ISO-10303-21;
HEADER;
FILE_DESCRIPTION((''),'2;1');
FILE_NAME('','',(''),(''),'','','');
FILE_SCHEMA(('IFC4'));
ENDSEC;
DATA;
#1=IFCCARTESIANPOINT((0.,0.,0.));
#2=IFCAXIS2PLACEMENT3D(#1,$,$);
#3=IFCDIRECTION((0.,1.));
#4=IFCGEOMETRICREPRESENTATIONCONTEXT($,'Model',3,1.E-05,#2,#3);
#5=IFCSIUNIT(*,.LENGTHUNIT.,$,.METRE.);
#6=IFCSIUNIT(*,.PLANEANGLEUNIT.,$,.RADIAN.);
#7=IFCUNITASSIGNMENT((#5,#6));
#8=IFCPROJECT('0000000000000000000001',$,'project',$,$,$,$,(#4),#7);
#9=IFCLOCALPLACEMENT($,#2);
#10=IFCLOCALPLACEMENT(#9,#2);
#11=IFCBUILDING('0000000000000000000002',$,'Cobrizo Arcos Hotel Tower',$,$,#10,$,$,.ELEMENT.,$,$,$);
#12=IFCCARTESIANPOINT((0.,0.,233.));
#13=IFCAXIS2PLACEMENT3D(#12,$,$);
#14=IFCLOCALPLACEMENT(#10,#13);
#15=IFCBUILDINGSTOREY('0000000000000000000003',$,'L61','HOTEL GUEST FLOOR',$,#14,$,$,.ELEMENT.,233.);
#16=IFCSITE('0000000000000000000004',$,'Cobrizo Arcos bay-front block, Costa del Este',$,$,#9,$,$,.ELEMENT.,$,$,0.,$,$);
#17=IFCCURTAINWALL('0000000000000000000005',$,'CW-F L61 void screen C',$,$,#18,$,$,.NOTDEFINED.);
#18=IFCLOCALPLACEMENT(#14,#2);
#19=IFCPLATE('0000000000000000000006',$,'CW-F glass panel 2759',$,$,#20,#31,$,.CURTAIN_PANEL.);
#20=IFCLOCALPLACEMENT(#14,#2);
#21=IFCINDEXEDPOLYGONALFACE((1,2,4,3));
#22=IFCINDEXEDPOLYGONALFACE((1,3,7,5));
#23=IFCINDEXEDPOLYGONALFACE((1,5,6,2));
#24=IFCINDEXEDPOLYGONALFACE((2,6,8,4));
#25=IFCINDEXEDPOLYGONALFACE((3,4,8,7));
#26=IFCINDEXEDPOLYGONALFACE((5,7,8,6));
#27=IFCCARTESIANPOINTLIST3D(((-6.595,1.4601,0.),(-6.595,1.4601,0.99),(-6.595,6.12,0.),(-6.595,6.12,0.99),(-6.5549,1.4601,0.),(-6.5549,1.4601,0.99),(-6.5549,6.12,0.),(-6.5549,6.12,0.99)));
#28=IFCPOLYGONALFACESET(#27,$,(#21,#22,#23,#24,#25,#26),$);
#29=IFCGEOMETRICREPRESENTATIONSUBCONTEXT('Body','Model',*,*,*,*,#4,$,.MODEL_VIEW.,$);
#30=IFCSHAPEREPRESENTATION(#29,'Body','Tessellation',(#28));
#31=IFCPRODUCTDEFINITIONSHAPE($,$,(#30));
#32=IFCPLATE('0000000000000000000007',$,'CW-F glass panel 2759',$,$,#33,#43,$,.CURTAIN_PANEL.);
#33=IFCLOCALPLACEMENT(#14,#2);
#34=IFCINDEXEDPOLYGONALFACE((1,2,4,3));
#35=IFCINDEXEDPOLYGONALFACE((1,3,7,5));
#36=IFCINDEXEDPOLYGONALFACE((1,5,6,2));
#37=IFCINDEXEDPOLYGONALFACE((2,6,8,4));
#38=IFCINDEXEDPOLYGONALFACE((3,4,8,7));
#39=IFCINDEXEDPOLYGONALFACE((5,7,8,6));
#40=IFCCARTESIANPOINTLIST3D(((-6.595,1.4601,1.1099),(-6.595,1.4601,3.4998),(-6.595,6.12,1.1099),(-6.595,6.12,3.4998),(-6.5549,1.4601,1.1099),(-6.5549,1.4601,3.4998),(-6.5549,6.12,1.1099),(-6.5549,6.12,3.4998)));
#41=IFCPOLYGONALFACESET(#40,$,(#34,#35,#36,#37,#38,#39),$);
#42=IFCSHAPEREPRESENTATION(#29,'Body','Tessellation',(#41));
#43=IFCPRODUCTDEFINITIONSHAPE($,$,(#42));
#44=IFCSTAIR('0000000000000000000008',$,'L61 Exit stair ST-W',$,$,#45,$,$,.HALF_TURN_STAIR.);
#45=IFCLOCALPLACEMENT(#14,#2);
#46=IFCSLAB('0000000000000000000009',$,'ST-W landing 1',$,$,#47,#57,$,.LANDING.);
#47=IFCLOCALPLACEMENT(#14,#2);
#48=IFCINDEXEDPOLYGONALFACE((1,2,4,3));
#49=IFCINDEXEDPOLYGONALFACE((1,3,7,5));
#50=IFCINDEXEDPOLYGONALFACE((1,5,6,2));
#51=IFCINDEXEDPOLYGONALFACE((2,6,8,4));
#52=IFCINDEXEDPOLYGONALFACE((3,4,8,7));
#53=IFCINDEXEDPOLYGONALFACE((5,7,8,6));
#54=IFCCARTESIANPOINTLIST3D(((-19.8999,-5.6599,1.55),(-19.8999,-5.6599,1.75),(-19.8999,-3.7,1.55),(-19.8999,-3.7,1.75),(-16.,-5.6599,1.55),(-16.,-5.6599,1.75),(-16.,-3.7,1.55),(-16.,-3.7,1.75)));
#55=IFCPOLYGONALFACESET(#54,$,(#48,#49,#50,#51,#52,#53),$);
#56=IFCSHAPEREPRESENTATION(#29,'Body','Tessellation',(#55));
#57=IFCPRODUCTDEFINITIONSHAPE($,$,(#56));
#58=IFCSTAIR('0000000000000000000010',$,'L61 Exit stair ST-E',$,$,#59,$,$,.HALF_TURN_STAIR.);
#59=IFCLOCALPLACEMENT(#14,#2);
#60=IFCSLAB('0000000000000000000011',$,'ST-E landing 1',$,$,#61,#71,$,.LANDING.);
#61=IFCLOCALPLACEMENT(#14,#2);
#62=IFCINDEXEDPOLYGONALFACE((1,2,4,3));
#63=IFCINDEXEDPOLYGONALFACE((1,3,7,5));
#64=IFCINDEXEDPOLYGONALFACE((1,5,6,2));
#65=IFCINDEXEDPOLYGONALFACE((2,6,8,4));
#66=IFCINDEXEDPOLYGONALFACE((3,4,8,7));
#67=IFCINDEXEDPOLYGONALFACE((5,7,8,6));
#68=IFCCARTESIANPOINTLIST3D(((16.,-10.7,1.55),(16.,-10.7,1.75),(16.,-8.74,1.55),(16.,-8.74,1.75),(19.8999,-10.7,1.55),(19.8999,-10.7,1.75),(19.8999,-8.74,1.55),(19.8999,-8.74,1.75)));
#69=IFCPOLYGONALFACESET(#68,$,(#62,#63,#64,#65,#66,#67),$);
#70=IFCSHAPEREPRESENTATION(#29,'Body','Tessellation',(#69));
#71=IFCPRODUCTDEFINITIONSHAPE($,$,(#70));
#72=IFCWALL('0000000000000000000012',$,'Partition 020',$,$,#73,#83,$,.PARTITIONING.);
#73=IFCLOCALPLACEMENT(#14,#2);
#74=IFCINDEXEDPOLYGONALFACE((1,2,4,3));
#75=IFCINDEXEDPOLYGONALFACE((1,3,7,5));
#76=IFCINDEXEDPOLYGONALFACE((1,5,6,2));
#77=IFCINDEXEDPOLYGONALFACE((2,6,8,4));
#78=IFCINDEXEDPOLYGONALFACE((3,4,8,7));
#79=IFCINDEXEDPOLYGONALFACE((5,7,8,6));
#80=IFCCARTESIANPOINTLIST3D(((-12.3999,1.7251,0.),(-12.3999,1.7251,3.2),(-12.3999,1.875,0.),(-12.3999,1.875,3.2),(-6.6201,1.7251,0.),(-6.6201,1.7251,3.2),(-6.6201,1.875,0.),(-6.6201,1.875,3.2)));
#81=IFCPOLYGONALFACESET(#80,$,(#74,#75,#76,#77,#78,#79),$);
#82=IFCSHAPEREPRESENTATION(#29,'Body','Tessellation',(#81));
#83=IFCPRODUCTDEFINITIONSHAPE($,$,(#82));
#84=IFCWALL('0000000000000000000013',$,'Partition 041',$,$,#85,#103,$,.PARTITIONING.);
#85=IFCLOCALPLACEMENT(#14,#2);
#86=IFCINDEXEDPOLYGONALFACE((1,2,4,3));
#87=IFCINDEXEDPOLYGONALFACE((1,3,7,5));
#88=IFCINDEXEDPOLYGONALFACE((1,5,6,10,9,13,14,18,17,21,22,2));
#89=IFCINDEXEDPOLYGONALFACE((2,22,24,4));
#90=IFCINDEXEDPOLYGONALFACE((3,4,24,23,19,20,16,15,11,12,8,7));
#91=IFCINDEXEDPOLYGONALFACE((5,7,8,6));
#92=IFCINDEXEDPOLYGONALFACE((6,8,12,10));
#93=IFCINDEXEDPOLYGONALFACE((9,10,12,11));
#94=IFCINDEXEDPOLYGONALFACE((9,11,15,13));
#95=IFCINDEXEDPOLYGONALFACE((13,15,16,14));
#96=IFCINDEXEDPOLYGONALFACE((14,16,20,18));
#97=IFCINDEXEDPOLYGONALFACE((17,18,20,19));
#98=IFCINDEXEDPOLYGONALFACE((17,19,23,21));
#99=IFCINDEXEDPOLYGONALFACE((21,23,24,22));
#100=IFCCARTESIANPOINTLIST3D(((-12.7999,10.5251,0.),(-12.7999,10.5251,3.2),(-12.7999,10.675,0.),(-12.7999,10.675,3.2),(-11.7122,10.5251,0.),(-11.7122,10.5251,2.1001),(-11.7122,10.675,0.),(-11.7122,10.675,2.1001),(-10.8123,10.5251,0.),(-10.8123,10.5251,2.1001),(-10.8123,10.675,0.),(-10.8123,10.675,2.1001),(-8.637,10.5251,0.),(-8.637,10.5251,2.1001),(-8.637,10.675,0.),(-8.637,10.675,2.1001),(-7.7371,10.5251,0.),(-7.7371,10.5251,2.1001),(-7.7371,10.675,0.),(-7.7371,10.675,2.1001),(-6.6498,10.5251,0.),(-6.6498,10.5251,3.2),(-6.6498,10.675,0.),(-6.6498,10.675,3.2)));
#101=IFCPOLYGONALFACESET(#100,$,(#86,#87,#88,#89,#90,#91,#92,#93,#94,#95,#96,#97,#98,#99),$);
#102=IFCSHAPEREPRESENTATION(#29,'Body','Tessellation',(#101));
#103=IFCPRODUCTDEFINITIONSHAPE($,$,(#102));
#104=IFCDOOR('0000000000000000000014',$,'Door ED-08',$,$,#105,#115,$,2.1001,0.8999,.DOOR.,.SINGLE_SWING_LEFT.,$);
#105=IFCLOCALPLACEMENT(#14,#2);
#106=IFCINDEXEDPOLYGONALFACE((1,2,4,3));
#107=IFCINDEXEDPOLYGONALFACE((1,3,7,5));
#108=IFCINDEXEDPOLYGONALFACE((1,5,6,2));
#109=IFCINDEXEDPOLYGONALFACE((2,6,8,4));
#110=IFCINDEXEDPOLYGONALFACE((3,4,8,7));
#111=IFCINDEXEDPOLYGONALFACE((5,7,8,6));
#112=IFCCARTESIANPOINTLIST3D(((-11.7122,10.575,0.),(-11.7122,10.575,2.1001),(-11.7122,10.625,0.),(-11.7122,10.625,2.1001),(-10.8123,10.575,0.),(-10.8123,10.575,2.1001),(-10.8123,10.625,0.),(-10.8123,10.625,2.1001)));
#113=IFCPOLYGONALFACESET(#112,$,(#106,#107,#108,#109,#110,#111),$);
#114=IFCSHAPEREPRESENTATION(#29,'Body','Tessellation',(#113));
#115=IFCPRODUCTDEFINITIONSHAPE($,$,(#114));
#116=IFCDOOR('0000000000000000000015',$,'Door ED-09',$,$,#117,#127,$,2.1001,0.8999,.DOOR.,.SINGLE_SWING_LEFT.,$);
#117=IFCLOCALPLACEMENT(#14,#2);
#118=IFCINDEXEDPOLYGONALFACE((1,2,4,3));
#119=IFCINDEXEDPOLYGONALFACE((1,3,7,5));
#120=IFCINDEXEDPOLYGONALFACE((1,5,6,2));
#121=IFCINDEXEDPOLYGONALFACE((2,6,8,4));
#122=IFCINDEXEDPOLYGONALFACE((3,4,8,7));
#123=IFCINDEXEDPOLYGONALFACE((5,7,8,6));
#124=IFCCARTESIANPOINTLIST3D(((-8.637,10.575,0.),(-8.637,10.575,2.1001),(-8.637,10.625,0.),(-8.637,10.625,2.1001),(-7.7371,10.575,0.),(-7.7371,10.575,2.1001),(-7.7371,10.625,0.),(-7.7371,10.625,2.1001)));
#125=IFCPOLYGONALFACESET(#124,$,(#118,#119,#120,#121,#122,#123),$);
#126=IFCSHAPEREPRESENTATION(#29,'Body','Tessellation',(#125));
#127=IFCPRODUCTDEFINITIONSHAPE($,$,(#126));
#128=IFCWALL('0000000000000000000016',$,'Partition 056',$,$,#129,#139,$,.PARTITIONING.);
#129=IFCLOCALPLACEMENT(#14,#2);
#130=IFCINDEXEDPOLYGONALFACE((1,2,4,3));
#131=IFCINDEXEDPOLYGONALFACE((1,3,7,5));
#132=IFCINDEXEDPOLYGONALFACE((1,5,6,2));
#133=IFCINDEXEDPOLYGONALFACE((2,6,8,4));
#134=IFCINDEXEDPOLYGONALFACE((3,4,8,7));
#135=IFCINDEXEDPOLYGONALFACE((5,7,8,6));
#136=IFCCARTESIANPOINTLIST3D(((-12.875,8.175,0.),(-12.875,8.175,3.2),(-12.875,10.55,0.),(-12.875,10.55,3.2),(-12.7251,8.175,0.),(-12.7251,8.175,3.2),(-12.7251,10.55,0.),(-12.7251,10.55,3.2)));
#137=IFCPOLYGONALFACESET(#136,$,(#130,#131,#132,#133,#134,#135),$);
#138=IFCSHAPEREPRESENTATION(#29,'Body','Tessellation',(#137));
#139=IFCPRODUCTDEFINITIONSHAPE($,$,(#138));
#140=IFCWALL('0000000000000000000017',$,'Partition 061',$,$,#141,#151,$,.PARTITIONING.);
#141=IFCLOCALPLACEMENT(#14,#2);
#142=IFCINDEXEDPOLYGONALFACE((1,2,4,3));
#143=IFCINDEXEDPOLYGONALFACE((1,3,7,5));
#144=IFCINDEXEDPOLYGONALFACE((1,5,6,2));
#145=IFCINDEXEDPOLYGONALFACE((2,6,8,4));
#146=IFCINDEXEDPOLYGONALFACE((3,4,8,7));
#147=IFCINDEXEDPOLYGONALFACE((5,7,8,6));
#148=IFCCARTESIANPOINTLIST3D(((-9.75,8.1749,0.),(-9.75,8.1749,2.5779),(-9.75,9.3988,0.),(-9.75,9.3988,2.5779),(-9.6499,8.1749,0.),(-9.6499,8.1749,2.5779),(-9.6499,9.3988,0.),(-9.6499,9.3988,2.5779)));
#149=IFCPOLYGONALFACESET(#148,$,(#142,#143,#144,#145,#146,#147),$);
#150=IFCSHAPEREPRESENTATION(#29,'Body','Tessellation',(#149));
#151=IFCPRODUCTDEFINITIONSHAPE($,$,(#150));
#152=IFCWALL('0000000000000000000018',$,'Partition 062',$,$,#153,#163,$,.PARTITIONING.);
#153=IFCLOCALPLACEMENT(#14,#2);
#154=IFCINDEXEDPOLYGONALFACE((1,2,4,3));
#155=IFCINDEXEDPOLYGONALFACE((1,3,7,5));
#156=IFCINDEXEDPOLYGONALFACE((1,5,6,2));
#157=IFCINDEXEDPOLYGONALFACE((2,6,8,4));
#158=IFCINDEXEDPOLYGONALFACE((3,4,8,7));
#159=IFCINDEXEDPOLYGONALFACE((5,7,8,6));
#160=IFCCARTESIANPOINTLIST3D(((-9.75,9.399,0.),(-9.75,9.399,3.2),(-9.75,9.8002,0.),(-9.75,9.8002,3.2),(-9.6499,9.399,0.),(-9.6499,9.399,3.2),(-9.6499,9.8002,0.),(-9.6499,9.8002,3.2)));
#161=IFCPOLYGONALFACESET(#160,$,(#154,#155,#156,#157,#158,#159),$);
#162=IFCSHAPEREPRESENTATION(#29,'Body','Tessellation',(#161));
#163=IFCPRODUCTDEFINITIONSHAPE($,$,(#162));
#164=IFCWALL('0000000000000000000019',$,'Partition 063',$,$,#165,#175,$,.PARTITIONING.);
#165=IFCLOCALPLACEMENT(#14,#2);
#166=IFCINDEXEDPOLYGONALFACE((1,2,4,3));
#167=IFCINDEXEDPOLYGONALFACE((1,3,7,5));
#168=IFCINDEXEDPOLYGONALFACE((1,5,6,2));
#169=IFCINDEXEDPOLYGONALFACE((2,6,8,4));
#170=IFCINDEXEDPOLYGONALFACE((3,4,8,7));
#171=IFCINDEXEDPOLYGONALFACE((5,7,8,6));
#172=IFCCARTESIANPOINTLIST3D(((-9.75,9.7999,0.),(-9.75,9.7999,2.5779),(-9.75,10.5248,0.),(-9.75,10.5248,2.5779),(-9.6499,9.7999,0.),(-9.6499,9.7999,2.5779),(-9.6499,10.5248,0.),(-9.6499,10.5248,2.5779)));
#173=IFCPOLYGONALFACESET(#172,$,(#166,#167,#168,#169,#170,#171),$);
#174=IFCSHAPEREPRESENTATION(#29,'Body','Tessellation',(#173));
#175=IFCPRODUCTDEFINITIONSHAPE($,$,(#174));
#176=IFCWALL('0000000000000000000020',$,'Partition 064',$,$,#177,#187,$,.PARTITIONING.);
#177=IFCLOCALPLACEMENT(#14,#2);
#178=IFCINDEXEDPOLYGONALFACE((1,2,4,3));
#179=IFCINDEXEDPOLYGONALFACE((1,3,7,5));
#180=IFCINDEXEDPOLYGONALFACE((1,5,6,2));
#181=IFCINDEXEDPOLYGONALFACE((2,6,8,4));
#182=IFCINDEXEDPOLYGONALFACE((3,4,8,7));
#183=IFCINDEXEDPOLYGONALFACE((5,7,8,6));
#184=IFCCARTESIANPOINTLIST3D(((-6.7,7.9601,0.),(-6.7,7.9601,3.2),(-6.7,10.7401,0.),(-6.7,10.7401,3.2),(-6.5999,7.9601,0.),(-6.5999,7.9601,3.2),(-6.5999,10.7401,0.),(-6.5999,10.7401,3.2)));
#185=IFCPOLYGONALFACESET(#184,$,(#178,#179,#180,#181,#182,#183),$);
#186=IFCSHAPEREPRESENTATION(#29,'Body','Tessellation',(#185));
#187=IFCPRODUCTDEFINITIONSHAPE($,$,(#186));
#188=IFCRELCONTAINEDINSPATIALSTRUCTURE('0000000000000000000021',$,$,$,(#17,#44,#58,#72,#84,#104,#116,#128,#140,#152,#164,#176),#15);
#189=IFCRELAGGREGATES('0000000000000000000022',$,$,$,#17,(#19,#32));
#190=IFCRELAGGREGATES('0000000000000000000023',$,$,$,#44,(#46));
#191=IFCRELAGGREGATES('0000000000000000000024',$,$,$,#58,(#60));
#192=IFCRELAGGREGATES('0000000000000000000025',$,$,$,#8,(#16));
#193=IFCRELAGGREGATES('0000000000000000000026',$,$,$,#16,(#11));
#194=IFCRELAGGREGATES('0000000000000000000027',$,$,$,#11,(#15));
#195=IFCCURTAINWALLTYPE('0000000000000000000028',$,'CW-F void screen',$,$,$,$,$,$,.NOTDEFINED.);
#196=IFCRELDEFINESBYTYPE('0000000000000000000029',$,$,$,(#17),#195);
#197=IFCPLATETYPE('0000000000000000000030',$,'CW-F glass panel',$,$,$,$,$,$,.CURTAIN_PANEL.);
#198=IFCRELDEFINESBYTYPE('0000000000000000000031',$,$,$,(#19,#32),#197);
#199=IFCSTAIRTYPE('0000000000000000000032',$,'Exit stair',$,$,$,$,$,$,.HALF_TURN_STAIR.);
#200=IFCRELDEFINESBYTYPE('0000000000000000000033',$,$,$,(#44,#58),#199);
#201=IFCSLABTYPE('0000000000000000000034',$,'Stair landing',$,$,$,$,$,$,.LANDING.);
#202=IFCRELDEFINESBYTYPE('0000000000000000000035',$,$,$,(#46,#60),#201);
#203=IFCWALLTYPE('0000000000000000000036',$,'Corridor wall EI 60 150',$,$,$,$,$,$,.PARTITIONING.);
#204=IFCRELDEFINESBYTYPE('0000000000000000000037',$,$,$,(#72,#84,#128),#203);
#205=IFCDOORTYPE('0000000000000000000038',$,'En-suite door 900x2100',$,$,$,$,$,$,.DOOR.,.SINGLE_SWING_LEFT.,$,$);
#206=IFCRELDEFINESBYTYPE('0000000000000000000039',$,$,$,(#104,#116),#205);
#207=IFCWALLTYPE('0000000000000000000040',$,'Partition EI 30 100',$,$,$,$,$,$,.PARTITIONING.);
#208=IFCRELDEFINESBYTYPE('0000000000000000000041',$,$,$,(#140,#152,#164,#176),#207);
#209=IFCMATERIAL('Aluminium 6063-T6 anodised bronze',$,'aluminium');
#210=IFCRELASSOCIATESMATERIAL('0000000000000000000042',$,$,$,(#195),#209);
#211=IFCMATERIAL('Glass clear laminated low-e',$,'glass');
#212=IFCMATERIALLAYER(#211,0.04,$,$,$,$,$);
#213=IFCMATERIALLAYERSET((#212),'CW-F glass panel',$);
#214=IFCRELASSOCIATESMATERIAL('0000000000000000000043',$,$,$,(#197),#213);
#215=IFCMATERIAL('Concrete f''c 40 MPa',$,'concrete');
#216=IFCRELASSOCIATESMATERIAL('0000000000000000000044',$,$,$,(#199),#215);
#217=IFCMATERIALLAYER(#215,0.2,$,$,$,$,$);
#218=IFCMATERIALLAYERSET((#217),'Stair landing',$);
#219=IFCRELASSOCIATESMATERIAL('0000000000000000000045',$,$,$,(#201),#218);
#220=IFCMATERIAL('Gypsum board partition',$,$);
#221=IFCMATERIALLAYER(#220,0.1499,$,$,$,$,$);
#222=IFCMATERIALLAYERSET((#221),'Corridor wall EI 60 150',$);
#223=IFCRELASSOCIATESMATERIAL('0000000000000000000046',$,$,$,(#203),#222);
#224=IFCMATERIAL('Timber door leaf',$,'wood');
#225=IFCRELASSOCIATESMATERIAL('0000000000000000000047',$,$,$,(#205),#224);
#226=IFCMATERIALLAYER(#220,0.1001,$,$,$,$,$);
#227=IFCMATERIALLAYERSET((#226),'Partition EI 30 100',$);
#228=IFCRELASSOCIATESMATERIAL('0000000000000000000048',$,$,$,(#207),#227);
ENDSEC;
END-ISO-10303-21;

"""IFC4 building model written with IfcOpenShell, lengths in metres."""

from ifc_helpers import new_model, si_unit, direction, frame, frame_2d, origin, origin_2d, place, context, subcontext, project, spatial, polyline, rectangle, outline, extrude, material, layer, layer_set, type_object, element, fill, aggregate, save


model = new_model("IFC4")

# Units and contexts
model_context = context("Model", 3, precision=1e-05, world=origin(), true_north=direction((0.0, 1.0)))
body_context = subcontext(model_context, "Body", "Model", "MODEL_VIEW")
ifc_project = project(units=[si_unit("LENGTHUNIT", "METRE"), si_unit("PLANEANGLEUNIT", "RADIAN")], contexts=[model_context])

# Site, building, storey
site_placement = place(None, origin())
site = spatial("IfcSite", under=ifc_project, at=site_placement, Name="Cobrizo Arcos bay-front block, Costa del Este", CompositionType="ELEMENT", RefElevation=0.0)
building_placement = place(site_placement, origin())
building = spatial("IfcBuilding", under=site, at=building_placement, Name="Cobrizo Arcos Hotel Tower", CompositionType="ELEMENT")
storey_placement = place(building_placement, frame((0.0, 0.0, 233.0)))
storey = spatial("IfcBuildingStorey", under=building, at=storey_placement, Name="L61", Description="HOTEL GUEST FLOOR", CompositionType="ELEMENT", Elevation=233.0)

# Curtain wall
ifc_material_1 = material(Name="Aluminium 6063-T6 anodised bronze", Category="aluminium")
curtain_wall_type = type_object("IfcCurtainWallType", Name="CW-F void screen", PredefinedType="NOTDEFINED", material=ifc_material_1)
curtain_wall_placement = place(storey_placement, origin())
curtain_wall = element("IfcCurtainWall", 1, at=curtain_wall_placement, inside=storey, type_object=curtain_wall_type, Name="CW-F L61 void screen C", PredefinedType="NOTDEFINED")

# Plates
ifc_material_2 = material(Name="Glass clear laminated low-e", Category="glass")
ifc_layer_1 = layer(ifc_material_2, 0.04)
ifc_layer_set_1 = layer_set([ifc_layer_1], Name="CW-F glass panel")
plate_type = type_object("IfcPlateType", Name="CW-F glass panel", PredefinedType="CURTAIN_PANEL", material=ifc_layer_set_1)
plate_1_placement = place(storey_placement, frame((-6.575, 3.79, 0.0), z_axis=(0.0, 0.0, 1.0), x_axis=(0.0, -1.0, 0.0)))
plate_1 = element("IfcPlate", 2, at=plate_1_placement, type_object=plate_type, Name="CW-F glass panel 2759", PredefinedType="CURTAIN_PANEL", context=body_context, shape_type="SweptSolid", body=[
    extrude(rectangle(XDim=4.6599, YDim=0.04, at=origin_2d()), origin(), (0.0, 0.0, 1.0), 0.99),
])
plate_2_placement = place(storey_placement, frame((-6.575, 3.79, 1.1099), z_axis=(0.0, 0.0, 1.0), x_axis=(0.0, -1.0, 0.0)))
plate_2 = element("IfcPlate", 3, at=plate_2_placement, type_object=plate_type, Name="CW-F glass panel 2759", PredefinedType="CURTAIN_PANEL", context=body_context, shape_type="SweptSolid", body=[
    extrude(rectangle(XDim=4.6599, YDim=0.04, at=origin_2d()), origin(), (0.0, 0.0, 1.0), 2.3899),
])
aggregate(curtain_wall, [plate_1, plate_2])

# Stairs, slabs
ifc_material_3 = material(Name="Concrete f'c 40 MPa", Category="concrete")
stair_type = type_object("IfcStairType", Name="Exit stair", PredefinedType="HALF_TURN_STAIR", material=ifc_material_3)
stair_1_placement = place(storey_placement, origin())
stair_1 = element("IfcStair", 4, at=stair_1_placement, inside=storey, type_object=stair_type, Name="L61 Exit stair ST-W", PredefinedType="HALF_TURN_STAIR")
ifc_layer_2 = layer(ifc_material_3, 0.2)
ifc_layer_set_2 = layer_set([ifc_layer_2], Name="Stair landing")
slab_type = type_object("IfcSlabType", Name="Stair landing", PredefinedType="LANDING", material=ifc_layer_set_2)
slab_1_placement = place(storey_placement, frame((0.0, 0.0, 1.55)))
slab_1 = element("IfcSlab", 5, at=slab_1_placement, type_object=slab_type, Name="ST-W landing 1", PredefinedType="LANDING", context=body_context, shape_type="SweptSolid", body=[
    extrude(outline(polyline([(-16.0, -5.6599), (-16.0, -3.7), (-19.8999, -3.7), (-19.8999, -5.6599), (-16.0, -5.6599)])), origin(), (0.0, 0.0, 1.0), 0.2),
])
aggregate(stair_1, [slab_1])
stair_2_placement = place(storey_placement, origin())
stair_2 = element("IfcStair", 6, at=stair_2_placement, inside=storey, type_object=stair_type, Name="L61 Exit stair ST-E", PredefinedType="HALF_TURN_STAIR")
slab_2_placement = place(storey_placement, frame((0.0, 0.0, 1.55)))
slab_2 = element("IfcSlab", 7, at=slab_2_placement, type_object=slab_type, Name="ST-E landing 1", PredefinedType="LANDING", context=body_context, shape_type="SweptSolid", body=[
    extrude(outline(polyline([(16.0, -8.74), (16.0, -10.7), (19.8999, -10.7), (19.8999, -8.74), (16.0, -8.74)])), origin(), (0.0, 0.0, 1.0), 0.2),
])
aggregate(stair_2, [slab_2])

# Wall
ifc_material_4 = material(Name="Gypsum board partition")
ifc_layer_3 = layer(ifc_material_4, 0.1499)
ifc_layer_set_3 = layer_set([ifc_layer_3], Name="Corridor wall EI 60 150")
wall_type_1 = type_object("IfcWallType", Name="Corridor wall EI 60 150", PredefinedType="PARTITIONING", material=ifc_layer_set_3)
wall_1_placement = place(storey_placement, frame((-12.3999, 1.8, 0.0), z_axis=(0.0, 0.0, 1.0), x_axis=(1.0, 0.0, 0.0)))
element("IfcWall", 8, at=wall_1_placement, inside=storey, type_object=wall_type_1, Name="Partition 020", PredefinedType="PARTITIONING", context=body_context, shape_type="SweptSolid", body=[
    extrude(rectangle(XDim=5.7798, YDim=0.1499, at=frame_2d((2.8899, 0.0))), origin(), (0.0, 0.0, 1.0), 3.2),
])

# Wall, openings, doors
wall_2_placement = place(storey_placement, frame((-12.8, 10.6001, 0.0), z_axis=(0.0, 0.0, 1.0), x_axis=(1.0, 0.0, 0.0)))
wall_2 = element("IfcWall", 9, at=wall_2_placement, inside=storey, type_object=wall_type_1, Name="Partition 041", PredefinedType="PARTITIONING", context=body_context, shape_type="SweptSolid", body=[
    extrude(rectangle(XDim=6.1501, YDim=0.1499, at=frame_2d((3.0752, 0.0))), origin(), (0.0, 0.0, 1.0), 3.2),
])
opening_1_placement = place(wall_2_placement, frame((1.0879, 0.0, 0.0)))
opening_1 = element("IfcOpeningElement", 10, at=opening_1_placement, cuts=wall_2, PredefinedType="OPENING", context=body_context, shape_type="SweptSolid", body=[
    extrude(rectangle(XDim=0.8999, YDim=2.1001, at=frame_2d((0.45, 1.05))), frame((0.0, 0.0869, 0.0), z_axis=(0.0, -1.0, 0.0), x_axis=(1.0, 0.0, 0.0)), (0.0, 0.0, 1.0), 0.1738),
])
opening_2_placement = place(wall_2_placement, frame((4.1631, 0.0, 0.0)))
opening_2 = element("IfcOpeningElement", 11, at=opening_2_placement, cuts=wall_2, PredefinedType="OPENING", context=body_context, shape_type="SweptSolid", body=[
    extrude(rectangle(XDim=0.8999, YDim=2.1001, at=frame_2d((0.45, 1.05))), frame((0.0, 0.0869, 0.0), z_axis=(0.0, -1.0, 0.0), x_axis=(1.0, 0.0, 0.0)), (0.0, 0.0, 1.0), 0.1738),
])
ifc_material_5 = material(Name="Timber door leaf", Category="wood")
door_type = type_object("IfcDoorType", Name="En-suite door 900x2100", OperationType="SINGLE_SWING_LEFT", PredefinedType="DOOR", material=ifc_material_5)
door_1_placement = place(opening_1_placement, origin())
door_1 = element("IfcDoor", 12, at=door_1_placement, inside=storey, type_object=door_type, Name="Door ED-08", OperationType="SINGLE_SWING_LEFT", OverallHeight=2.1001, OverallWidth=0.8999, PredefinedType="DOOR", context=body_context, shape_type="SweptSolid", body=[
    extrude(rectangle(XDim=0.8999, YDim=2.1001, at=frame_2d((0.45, 1.05))), frame((0.0, 0.0249, 0.0), z_axis=(0.0, -1.0, 0.0), x_axis=(1.0, 0.0, 0.0)), (0.0, 0.0, 1.0), 0.05),
])
fill(opening_1, door_1)
door_2_placement = place(opening_2_placement, origin())
door_2 = element("IfcDoor", 13, at=door_2_placement, inside=storey, type_object=door_type, Name="Door ED-09", OperationType="SINGLE_SWING_LEFT", OverallHeight=2.1001, OverallWidth=0.8999, PredefinedType="DOOR", context=body_context, shape_type="SweptSolid", body=[
    extrude(rectangle(XDim=0.8999, YDim=2.1001, at=frame_2d((0.45, 1.05))), frame((0.0, 0.0249, 0.0), z_axis=(0.0, -1.0, 0.0), x_axis=(1.0, 0.0, 0.0)), (0.0, 0.0, 1.0), 0.05),
])
fill(opening_2, door_2)

# Walls
wall_3_placement = place(storey_placement, frame((-12.8, 8.175, 0.0), z_axis=(0.0, 0.0, 1.0), x_axis=(0.0, 1.0, 0.0)))
element("IfcWall", 14, at=wall_3_placement, inside=storey, type_object=wall_type_1, Name="Partition 056", PredefinedType="PARTITIONING", context=body_context, shape_type="SweptSolid", body=[
    extrude(rectangle(XDim=2.375, YDim=0.1499, at=frame_2d((1.1875, 0.0))), origin(), (0.0, 0.0, 1.0), 3.2),
])
ifc_layer_4 = layer(ifc_material_4, 0.1001)
ifc_layer_set_4 = layer_set([ifc_layer_4], Name="Partition EI 30 100")
wall_type_2 = type_object("IfcWallType", Name="Partition EI 30 100", PredefinedType="PARTITIONING", material=ifc_layer_set_4)
wall_4_placement = place(storey_placement, frame((-9.7, 8.175, 0.0), z_axis=(0.0, 0.0, 1.0), x_axis=(0.0, 1.0, 0.0)))
element("IfcWall", 15, at=wall_4_placement, inside=storey, type_object=wall_type_2, Name="Partition 061", PredefinedType="PARTITIONING", context=body_context, shape_type="SweptSolid", body=[
    extrude(rectangle(XDim=1.2239, YDim=0.1001, at=frame_2d((0.6118, 0.0))), origin(), (0.0, 0.0, 1.0), 2.5779),
])
wall_5_placement = place(storey_placement, frame((-9.7, 9.3989, 0.0), z_axis=(0.0, 0.0, 1.0), x_axis=(0.0, 1.0, 0.0)))
element("IfcWall", 16, at=wall_5_placement, inside=storey, type_object=wall_type_2, Name="Partition 062", PredefinedType="PARTITIONING", context=body_context, shape_type="SweptSolid", body=[
    extrude(rectangle(XDim=0.4011, YDim=0.1001, at=frame_2d((0.2007, 0.0))), origin(), (0.0, 0.0, 1.0), 3.2),
])
wall_6_placement = place(storey_placement, frame((-9.7, 9.8, 0.0), z_axis=(0.0, 0.0, 1.0), x_axis=(0.0, 1.0, 0.0)))
element("IfcWall", 17, at=wall_6_placement, inside=storey, type_object=wall_type_2, Name="Partition 063", PredefinedType="PARTITIONING", context=body_context, shape_type="SweptSolid", body=[
    extrude(rectangle(XDim=0.7249, YDim=0.1001, at=frame_2d((0.3623, 0.0))), origin(), (0.0, 0.0, 1.0), 2.5779),
])
wall_7_placement = place(storey_placement, frame((-6.6499, 7.96, 0.0), z_axis=(0.0, 0.0, 1.0), x_axis=(0.0, 1.0, 0.0)))
element("IfcWall", 18, at=wall_7_placement, inside=storey, type_object=wall_type_2, Name="Partition 064", PredefinedType="PARTITIONING", context=body_context, shape_type="SweptSolid", body=[
    extrude(rectangle(XDim=2.78, YDim=0.1001, at=frame_2d((1.3901, 0.0))), origin(), (0.0, 0.0, 1.0), 3.2),
])

save(model, "model.ifc")
